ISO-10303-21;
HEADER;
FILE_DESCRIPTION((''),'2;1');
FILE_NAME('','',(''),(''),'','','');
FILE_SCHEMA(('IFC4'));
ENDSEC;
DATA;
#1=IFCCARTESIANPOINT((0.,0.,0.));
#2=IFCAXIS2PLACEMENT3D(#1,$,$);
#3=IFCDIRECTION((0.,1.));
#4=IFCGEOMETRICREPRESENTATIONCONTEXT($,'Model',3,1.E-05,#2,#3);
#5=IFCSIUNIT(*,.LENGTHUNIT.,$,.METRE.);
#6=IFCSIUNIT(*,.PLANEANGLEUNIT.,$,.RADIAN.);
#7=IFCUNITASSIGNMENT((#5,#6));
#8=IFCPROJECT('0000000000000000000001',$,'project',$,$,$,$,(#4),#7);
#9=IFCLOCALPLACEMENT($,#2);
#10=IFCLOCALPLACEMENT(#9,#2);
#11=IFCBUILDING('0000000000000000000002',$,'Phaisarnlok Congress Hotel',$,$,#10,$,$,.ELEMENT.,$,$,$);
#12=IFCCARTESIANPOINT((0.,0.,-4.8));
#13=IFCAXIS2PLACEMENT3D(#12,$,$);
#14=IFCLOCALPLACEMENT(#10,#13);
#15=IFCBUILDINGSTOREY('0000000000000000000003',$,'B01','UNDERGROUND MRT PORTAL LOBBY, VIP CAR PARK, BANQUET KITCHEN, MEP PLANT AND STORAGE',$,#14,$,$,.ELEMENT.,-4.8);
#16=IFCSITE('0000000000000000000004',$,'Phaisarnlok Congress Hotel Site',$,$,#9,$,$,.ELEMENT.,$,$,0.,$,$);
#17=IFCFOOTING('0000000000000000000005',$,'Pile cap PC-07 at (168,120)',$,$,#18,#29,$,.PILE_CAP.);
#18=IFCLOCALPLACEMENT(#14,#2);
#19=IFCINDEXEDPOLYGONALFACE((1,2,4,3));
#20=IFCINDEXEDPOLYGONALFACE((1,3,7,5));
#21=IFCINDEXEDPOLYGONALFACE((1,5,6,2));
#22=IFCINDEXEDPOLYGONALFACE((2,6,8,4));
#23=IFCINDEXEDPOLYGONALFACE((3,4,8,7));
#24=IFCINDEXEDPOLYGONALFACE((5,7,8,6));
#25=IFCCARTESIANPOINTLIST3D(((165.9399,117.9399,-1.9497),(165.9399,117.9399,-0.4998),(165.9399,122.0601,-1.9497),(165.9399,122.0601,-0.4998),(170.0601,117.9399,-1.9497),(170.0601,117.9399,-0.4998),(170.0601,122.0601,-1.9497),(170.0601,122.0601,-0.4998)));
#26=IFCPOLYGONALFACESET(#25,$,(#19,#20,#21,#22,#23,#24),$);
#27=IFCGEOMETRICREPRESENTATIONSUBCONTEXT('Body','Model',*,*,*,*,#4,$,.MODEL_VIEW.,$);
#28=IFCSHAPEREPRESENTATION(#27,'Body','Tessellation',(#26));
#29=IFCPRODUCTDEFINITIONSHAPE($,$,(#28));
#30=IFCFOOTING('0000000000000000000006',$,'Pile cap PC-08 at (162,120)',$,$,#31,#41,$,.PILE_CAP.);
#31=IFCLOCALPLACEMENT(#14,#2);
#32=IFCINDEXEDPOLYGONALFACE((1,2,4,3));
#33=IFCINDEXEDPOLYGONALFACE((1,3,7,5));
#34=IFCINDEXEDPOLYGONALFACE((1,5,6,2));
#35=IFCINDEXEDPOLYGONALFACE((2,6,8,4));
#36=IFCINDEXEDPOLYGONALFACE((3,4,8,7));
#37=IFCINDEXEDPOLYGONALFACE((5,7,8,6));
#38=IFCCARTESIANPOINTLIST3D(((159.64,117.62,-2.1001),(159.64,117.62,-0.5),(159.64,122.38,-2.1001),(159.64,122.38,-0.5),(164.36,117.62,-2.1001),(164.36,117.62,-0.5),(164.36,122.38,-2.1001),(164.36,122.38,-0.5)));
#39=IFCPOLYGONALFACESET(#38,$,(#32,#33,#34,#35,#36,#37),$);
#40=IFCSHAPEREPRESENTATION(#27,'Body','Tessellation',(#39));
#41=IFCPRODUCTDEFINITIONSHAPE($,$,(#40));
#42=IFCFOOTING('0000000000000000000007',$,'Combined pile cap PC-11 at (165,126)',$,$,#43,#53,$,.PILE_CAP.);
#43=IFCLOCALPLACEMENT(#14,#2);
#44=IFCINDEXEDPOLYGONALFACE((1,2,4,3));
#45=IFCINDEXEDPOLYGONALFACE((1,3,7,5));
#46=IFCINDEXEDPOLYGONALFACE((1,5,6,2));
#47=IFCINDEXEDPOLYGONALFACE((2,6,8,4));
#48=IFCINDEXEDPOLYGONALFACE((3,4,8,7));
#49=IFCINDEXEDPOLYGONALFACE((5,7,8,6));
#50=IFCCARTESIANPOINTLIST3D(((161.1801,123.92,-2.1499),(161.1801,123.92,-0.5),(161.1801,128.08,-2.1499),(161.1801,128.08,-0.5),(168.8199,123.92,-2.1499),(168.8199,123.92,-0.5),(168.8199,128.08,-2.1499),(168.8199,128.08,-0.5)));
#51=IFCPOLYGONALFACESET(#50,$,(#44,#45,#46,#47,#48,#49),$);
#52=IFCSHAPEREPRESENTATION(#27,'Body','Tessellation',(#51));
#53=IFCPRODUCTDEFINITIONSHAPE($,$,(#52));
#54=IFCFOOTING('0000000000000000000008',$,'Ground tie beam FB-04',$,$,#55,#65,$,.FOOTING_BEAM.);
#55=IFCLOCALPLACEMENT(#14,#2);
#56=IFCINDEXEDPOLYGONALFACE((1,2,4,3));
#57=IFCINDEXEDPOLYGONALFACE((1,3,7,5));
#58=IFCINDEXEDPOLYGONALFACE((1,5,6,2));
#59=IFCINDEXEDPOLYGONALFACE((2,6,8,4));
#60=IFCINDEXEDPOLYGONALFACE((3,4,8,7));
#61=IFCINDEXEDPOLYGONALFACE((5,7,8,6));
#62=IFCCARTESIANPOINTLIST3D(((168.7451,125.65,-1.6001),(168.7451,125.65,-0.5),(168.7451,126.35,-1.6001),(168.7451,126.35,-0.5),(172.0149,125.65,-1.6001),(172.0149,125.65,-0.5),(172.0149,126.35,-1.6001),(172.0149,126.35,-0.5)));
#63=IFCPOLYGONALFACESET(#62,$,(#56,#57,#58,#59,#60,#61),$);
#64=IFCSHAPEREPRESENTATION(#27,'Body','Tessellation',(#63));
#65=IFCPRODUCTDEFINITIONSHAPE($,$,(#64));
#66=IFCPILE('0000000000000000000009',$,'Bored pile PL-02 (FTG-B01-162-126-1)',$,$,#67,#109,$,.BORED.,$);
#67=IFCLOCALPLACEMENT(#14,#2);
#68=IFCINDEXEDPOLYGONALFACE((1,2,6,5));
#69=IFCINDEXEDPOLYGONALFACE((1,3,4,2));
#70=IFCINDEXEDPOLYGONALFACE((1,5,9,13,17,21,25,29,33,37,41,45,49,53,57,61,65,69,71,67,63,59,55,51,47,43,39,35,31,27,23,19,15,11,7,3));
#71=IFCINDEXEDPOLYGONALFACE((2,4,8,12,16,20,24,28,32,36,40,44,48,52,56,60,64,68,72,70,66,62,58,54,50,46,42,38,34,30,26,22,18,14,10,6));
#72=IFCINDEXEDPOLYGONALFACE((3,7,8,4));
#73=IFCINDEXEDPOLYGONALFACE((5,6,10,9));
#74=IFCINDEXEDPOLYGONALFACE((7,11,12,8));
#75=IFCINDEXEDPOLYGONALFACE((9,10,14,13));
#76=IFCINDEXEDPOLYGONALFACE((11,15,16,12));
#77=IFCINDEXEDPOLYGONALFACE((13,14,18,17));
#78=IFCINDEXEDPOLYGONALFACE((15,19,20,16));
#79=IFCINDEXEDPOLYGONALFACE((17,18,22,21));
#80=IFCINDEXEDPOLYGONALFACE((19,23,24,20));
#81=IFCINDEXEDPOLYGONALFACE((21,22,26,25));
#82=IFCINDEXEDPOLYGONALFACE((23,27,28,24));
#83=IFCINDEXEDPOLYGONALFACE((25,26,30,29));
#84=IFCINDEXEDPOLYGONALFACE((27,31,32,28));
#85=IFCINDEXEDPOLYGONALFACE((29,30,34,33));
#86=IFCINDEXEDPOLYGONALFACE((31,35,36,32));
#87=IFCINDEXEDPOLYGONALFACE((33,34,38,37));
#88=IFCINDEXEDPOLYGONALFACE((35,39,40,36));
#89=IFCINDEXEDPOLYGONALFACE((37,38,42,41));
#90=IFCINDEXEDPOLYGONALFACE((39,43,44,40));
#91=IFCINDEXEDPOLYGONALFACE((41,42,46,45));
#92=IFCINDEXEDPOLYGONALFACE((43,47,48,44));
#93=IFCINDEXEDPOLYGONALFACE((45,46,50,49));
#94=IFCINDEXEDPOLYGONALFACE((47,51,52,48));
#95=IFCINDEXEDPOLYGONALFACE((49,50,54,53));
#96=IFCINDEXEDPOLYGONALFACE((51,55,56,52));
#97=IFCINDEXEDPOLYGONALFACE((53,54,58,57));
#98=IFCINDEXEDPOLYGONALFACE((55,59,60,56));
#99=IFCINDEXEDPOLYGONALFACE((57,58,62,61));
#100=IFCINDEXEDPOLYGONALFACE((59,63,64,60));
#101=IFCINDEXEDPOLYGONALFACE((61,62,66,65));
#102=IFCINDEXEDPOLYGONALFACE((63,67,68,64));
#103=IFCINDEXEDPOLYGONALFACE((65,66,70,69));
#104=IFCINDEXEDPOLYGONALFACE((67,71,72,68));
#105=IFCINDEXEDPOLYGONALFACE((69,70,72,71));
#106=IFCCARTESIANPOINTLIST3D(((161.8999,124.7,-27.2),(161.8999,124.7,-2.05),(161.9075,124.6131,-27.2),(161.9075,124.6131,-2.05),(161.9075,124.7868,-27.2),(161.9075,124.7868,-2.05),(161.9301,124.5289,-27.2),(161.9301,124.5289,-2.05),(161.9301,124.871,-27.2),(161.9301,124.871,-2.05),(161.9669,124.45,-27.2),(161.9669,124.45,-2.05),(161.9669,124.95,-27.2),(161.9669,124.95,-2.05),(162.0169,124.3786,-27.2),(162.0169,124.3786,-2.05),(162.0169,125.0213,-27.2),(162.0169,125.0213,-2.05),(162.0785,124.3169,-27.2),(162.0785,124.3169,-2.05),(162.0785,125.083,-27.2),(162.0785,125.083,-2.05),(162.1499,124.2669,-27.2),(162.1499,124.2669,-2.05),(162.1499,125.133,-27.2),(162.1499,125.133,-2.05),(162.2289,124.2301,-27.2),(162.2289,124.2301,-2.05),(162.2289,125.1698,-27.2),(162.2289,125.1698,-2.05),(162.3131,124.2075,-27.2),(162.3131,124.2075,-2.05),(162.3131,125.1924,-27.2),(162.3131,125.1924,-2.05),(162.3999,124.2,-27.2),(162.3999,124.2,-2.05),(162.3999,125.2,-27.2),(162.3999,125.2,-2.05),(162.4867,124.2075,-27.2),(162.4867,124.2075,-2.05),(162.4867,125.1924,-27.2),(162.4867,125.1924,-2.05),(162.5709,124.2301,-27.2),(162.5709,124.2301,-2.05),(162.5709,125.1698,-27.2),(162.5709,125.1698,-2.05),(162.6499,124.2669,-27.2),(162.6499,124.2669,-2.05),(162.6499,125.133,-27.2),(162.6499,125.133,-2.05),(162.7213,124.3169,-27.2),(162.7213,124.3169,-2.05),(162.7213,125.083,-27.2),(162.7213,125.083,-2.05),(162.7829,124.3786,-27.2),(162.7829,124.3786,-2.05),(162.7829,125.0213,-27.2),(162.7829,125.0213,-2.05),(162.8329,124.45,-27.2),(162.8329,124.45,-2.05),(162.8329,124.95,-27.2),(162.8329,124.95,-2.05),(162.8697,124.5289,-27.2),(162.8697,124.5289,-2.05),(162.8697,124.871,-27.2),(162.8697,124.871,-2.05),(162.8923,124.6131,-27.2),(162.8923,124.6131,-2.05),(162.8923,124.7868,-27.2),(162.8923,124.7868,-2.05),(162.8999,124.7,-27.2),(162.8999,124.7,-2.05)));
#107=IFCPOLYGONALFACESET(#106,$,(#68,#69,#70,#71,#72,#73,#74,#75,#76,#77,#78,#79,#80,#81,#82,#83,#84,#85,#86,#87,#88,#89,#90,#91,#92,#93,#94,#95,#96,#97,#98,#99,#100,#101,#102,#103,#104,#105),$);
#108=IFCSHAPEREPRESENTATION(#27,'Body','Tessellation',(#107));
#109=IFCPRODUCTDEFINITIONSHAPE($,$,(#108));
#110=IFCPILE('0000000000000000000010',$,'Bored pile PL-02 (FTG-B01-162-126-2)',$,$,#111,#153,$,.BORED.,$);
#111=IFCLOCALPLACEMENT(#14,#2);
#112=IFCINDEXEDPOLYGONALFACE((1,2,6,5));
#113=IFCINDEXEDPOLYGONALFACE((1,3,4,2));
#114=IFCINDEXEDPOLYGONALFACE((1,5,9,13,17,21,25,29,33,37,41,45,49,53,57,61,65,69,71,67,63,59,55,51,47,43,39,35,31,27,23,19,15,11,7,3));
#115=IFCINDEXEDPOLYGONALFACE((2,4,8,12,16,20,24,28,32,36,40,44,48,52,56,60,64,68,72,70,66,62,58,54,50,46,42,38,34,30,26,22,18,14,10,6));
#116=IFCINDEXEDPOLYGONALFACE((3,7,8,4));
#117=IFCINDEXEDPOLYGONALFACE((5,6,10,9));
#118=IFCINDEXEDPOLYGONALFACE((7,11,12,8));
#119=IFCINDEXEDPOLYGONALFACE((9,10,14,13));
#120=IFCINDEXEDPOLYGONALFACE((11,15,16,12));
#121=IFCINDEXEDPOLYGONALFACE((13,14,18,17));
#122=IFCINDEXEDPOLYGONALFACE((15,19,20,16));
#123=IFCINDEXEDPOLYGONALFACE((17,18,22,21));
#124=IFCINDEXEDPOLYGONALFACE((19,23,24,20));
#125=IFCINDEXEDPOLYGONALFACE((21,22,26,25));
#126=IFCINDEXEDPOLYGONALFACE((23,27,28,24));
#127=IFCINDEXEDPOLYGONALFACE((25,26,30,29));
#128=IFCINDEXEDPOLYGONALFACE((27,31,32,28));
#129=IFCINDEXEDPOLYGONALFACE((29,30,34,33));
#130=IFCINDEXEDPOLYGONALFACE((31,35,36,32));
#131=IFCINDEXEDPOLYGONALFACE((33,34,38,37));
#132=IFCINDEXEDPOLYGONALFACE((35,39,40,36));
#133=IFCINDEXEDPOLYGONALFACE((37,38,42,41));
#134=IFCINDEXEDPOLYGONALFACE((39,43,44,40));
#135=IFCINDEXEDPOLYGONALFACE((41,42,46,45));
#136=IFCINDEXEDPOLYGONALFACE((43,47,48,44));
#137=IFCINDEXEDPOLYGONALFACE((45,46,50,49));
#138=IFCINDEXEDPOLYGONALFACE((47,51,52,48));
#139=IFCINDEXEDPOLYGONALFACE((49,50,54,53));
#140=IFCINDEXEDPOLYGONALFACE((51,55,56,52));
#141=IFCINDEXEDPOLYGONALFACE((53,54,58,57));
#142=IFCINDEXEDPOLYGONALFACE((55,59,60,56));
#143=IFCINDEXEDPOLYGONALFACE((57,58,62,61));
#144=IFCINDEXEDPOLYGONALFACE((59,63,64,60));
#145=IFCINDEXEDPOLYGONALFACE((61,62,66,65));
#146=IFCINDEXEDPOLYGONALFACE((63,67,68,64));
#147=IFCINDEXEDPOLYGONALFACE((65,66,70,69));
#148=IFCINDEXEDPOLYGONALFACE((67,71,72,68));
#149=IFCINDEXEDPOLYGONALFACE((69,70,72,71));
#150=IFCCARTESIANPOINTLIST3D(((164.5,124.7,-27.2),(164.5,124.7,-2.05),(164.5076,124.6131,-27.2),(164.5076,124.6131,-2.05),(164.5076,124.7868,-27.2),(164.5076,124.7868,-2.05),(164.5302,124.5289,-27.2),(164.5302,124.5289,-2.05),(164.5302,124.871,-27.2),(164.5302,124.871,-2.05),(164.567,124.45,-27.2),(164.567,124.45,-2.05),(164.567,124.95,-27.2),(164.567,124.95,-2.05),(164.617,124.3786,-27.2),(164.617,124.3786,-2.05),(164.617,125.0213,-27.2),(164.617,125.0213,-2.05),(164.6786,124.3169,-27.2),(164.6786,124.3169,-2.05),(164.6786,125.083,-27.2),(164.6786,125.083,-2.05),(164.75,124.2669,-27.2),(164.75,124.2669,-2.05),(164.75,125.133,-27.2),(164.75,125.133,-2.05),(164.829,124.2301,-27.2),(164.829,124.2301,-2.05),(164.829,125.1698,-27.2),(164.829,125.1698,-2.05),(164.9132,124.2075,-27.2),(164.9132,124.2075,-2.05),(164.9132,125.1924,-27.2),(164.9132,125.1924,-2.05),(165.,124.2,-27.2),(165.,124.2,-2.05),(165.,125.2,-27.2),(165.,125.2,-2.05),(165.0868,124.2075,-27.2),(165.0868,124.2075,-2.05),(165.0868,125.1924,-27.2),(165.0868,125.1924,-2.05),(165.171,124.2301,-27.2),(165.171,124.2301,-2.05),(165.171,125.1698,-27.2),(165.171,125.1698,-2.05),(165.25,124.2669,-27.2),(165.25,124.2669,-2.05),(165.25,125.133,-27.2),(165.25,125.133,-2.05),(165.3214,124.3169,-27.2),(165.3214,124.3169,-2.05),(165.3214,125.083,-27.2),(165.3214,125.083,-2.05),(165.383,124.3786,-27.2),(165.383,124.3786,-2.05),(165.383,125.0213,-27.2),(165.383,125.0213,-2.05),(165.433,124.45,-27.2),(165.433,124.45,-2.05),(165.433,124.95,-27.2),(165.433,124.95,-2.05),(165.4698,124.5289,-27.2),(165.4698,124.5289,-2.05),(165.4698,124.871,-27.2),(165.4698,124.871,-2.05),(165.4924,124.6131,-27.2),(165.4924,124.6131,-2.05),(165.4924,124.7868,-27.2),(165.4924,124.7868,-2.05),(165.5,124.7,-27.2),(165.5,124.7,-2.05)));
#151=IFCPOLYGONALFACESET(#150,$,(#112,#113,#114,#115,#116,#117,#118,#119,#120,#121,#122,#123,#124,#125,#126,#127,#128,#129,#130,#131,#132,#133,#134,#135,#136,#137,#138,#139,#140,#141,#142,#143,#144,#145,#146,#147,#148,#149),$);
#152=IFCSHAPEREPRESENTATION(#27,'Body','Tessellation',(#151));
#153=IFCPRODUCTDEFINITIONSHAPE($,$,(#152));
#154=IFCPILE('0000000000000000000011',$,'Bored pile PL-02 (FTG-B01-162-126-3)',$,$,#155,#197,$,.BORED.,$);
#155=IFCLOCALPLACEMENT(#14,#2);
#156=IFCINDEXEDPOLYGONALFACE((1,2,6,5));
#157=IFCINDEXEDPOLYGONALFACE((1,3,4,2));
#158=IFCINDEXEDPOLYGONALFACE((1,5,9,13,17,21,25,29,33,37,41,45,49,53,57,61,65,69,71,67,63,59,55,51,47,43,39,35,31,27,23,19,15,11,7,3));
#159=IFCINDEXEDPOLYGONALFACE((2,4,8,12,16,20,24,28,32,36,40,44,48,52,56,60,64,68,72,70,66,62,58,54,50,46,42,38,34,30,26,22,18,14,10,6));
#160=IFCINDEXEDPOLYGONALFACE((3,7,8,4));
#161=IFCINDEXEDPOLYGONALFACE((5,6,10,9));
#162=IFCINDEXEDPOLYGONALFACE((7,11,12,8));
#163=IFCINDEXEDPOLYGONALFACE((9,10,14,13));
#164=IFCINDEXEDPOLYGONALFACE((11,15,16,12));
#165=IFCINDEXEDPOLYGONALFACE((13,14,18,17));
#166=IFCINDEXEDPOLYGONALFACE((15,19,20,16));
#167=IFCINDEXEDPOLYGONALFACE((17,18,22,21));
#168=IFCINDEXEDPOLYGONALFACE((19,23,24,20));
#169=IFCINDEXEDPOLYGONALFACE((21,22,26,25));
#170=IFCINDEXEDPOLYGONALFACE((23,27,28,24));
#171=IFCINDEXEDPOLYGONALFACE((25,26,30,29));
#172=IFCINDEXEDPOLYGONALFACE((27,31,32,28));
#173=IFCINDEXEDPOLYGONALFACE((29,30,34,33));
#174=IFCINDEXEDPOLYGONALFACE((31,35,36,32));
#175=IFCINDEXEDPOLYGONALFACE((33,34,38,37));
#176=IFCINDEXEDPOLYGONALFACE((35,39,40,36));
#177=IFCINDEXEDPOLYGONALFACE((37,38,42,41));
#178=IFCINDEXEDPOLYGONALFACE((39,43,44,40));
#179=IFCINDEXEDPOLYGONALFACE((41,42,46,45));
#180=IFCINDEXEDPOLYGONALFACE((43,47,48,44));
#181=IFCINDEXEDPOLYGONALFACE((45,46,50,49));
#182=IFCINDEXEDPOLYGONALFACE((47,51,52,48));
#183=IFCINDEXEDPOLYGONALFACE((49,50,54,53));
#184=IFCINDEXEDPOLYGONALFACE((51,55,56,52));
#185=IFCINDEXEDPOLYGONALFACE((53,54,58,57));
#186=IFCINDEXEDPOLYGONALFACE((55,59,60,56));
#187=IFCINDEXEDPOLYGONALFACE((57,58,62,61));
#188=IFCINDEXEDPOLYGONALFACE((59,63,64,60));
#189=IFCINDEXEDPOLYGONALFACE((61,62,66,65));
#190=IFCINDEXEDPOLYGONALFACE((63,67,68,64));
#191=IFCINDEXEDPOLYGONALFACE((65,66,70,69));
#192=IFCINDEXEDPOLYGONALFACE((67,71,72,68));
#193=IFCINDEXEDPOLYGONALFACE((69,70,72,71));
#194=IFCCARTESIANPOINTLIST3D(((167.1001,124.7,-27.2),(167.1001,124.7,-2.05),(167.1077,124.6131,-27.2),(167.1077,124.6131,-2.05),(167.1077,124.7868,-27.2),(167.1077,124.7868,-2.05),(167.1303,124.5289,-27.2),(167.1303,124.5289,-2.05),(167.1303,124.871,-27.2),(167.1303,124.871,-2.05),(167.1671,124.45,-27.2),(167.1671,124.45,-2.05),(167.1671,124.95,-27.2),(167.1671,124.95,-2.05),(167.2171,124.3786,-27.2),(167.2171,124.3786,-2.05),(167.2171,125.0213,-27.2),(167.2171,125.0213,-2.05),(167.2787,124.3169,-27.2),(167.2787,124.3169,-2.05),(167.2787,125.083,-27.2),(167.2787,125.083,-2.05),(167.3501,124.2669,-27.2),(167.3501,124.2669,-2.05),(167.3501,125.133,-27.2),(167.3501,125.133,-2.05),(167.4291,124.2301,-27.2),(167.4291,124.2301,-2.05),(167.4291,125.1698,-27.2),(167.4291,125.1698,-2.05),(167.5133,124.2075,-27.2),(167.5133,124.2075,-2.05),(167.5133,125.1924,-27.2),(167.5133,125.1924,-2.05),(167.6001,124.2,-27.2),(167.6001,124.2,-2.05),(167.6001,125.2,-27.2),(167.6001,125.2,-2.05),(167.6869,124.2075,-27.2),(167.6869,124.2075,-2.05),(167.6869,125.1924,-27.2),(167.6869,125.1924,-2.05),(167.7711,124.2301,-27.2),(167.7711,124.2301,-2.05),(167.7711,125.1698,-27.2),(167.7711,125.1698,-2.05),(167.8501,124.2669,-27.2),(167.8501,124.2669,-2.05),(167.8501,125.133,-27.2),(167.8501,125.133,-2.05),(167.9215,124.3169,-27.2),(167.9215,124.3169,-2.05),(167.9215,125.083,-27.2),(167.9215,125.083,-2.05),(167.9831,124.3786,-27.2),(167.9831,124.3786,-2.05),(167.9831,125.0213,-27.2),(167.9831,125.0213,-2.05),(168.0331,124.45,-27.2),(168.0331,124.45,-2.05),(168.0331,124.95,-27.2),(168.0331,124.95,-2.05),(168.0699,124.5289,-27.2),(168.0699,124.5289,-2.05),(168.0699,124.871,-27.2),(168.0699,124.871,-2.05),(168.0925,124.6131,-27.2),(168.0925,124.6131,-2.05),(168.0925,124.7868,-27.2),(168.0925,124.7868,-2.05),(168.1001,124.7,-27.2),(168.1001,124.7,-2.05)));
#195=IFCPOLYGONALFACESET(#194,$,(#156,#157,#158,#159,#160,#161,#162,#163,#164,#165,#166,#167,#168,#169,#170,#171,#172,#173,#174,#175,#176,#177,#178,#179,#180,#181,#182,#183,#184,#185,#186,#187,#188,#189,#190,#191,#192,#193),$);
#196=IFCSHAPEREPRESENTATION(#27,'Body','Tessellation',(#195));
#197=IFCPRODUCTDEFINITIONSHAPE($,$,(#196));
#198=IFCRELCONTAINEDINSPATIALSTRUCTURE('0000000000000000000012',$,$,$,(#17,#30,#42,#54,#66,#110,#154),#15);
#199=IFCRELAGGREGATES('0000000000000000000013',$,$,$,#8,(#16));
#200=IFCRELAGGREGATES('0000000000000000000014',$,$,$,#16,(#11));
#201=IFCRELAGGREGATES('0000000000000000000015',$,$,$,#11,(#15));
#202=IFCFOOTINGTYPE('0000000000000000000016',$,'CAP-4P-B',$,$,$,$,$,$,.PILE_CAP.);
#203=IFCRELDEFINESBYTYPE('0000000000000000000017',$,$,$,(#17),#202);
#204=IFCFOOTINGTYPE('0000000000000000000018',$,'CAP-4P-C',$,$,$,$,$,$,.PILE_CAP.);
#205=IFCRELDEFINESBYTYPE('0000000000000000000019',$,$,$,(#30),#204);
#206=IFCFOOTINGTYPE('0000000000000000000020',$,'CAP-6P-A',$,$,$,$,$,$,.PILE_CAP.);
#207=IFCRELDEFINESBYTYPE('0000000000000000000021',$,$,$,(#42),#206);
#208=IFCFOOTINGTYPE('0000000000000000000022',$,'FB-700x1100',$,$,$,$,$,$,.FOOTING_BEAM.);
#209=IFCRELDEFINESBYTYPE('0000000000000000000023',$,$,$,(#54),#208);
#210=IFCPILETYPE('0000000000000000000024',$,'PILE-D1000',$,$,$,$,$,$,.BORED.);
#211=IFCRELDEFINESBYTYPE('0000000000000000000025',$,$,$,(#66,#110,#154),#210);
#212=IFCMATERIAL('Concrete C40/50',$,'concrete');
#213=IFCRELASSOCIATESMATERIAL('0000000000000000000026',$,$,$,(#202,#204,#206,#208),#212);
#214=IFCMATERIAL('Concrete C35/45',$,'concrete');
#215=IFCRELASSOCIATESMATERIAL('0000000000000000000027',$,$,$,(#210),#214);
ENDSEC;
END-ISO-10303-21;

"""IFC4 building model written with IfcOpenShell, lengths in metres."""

from ifc_helpers import new_model, si_unit, direction, frame, origin, origin_2d, place, context, subcontext, project, spatial, rectangle, circle, extrude, material, material_profile, profile_set, type_object, element, save


model = new_model("IFC4")

# Units and contexts
model_context = context("Model", 3, precision=1e-05, world=origin(), true_north=direction((0.0, 1.0)))
body_context = subcontext(model_context, "Body", "Model", "MODEL_VIEW")
ifc_project = project(units=[si_unit("LENGTHUNIT", "METRE"), si_unit("PLANEANGLEUNIT", "RADIAN")], contexts=[model_context])

# Site, building, storey
site_placement = place(None, origin())
site = spatial("IfcSite", under=ifc_project, at=site_placement, Name="Phaisarnlok Congress Hotel Site", CompositionType="ELEMENT", RefElevation=0.0)
building_placement = place(site_placement, origin())
building = spatial("IfcBuilding", under=site, at=building_placement, Name="Phaisarnlok Congress Hotel", CompositionType="ELEMENT")
storey_placement = place(building_placement, frame((0.0, 0.0, -4.8)))
storey = spatial("IfcBuildingStorey", under=building, at=storey_placement, Name="B01", Description="UNDERGROUND MRT PORTAL LOBBY, VIP CAR PARK, BANQUET KITCHEN, MEP PLANT AND STORAGE", CompositionType="ELEMENT", Elevation=-4.8)

# Footings
ifc_material_1 = material(Name="Concrete C40/50", Category="concrete")
footing_type_1 = type_object("IfcFootingType", Name="CAP-4P-B", PredefinedType="PILE_CAP", material=ifc_material_1)
footing_1_placement = place(storey_placement, frame((168.0, 120.0, -1.9497), z_axis=(0.0, 0.0, 1.0), x_axis=(1.0, 0.0, 0.0)))
element("IfcFooting", 1, at=footing_1_placement, inside=storey, type_object=footing_type_1, Name="Pile cap PC-07 at (168,120)", PredefinedType="PILE_CAP", context=body_context, shape_type="SweptSolid", body=[
    extrude(rectangle(XDim=4.1201, YDim=4.1201, at=origin_2d()), origin(), (0.0, 0.0, 1.0), 1.45),
])
footing_type_2 = type_object("IfcFootingType", Name="CAP-4P-C", PredefinedType="PILE_CAP", material=ifc_material_1)
footing_2_placement = place(storey_placement, frame((162.0, 120.0, -2.1001), z_axis=(0.0, 0.0, 1.0), x_axis=(1.0, 0.0, 0.0)))
element("IfcFooting", 2, at=footing_2_placement, inside=storey, type_object=footing_type_2, Name="Pile cap PC-08 at (162,120)", PredefinedType="PILE_CAP", context=body_context, shape_type="SweptSolid", body=[
    extrude(rectangle(XDim=4.72, YDim=4.76, at=origin_2d()), origin(), (0.0, 0.0, 1.0), 1.6001),
])
footing_type_3 = type_object("IfcFootingType", Name="CAP-6P-A", PredefinedType="PILE_CAP", material=ifc_material_1)
footing_3_placement = place(storey_placement, frame((165.0, 126.0, -2.1499), z_axis=(0.0, 0.0, 1.0), x_axis=(1.0, 0.0, 0.0)))
element("IfcFooting", 3, at=footing_3_placement, inside=storey, type_object=footing_type_3, Name="Combined pile cap PC-11 at (165,126)", PredefinedType="PILE_CAP", context=body_context, shape_type="SweptSolid", body=[
    extrude(rectangle(XDim=7.6399, YDim=4.1599, at=origin_2d()), origin(), (0.0, 0.0, 1.0), 1.6499),
])
ifc_material_profile_1 = material_profile(ifc_material_1, rectangle(XDim=0.7, YDim=1.1001, at=origin_2d()), Name="FB-700x1100")
ifc_profile_set_1 = profile_set([ifc_material_profile_1], Name="Concrete C40/50")
footing_type_4 = type_object("IfcFootingType", Name="FB-700x1100", PredefinedType="FOOTING_BEAM", material=ifc_profile_set_1)
footing_4_placement = place(storey_placement, frame((168.7451, 126.0, -1.05), z_axis=(1.0, 0.0, 0.0), x_axis=(0.0, 1.0, 0.0)))
element("IfcFooting", 4, at=footing_4_placement, inside=storey, type_object=footing_type_4, Name="Ground tie beam FB-04", PredefinedType="FOOTING_BEAM", context=body_context, shape_type="SweptSolid", body=[
    extrude(rectangle(XDim=0.7, YDim=1.1001, at=origin_2d()), origin(), (0.0, 0.0, 1.0), 3.2698),
])

# Piles
ifc_material_2 = material(Name="Concrete C35/45", Category="concrete")
ifc_material_profile_2 = material_profile(ifc_material_2, circle(Radius=0.5, at=origin_2d()), Name="BORED PILE D1000")
ifc_profile_set_2 = profile_set([ifc_material_profile_2], Name="Concrete C35/45")
pile_type_1 = type_object("IfcPileType", Name="PILE-D1000", PredefinedType="BORED", material=ifc_profile_set_2)
for number, where, z_axis, x_axis, name in (
    (5, (162.3999, 124.7, -2.05), (0.0, 0.0, -1.0), (1.0, 0.0, 0.0), "Bored pile PL-02 (FTG-B01-162-126-1)"),
    (6, (165.0, 124.7, -2.05), (0.0, 0.0, -1.0), (1.0, 0.0, 0.0), "Bored pile PL-02 (FTG-B01-162-126-2)"),
    (7, (167.6001, 124.7, -2.05), (0.0, 0.0, -1.0), (1.0, 0.0, 0.0), "Bored pile PL-02 (FTG-B01-162-126-3)"),
):
    element("IfcPile", number, at=place(storey_placement, frame(where, z_axis=z_axis, x_axis=x_axis)), inside=storey, type_object=pile_type_1, Name=name, PredefinedType="BORED", context=body_context, shape_type="SweptSolid", body=[
        extrude(circle(Radius=0.5, at=origin_2d()), origin(), (0.0, 0.0, 1.0), 25.1499),
    ])

save(model, "model.ifc")
